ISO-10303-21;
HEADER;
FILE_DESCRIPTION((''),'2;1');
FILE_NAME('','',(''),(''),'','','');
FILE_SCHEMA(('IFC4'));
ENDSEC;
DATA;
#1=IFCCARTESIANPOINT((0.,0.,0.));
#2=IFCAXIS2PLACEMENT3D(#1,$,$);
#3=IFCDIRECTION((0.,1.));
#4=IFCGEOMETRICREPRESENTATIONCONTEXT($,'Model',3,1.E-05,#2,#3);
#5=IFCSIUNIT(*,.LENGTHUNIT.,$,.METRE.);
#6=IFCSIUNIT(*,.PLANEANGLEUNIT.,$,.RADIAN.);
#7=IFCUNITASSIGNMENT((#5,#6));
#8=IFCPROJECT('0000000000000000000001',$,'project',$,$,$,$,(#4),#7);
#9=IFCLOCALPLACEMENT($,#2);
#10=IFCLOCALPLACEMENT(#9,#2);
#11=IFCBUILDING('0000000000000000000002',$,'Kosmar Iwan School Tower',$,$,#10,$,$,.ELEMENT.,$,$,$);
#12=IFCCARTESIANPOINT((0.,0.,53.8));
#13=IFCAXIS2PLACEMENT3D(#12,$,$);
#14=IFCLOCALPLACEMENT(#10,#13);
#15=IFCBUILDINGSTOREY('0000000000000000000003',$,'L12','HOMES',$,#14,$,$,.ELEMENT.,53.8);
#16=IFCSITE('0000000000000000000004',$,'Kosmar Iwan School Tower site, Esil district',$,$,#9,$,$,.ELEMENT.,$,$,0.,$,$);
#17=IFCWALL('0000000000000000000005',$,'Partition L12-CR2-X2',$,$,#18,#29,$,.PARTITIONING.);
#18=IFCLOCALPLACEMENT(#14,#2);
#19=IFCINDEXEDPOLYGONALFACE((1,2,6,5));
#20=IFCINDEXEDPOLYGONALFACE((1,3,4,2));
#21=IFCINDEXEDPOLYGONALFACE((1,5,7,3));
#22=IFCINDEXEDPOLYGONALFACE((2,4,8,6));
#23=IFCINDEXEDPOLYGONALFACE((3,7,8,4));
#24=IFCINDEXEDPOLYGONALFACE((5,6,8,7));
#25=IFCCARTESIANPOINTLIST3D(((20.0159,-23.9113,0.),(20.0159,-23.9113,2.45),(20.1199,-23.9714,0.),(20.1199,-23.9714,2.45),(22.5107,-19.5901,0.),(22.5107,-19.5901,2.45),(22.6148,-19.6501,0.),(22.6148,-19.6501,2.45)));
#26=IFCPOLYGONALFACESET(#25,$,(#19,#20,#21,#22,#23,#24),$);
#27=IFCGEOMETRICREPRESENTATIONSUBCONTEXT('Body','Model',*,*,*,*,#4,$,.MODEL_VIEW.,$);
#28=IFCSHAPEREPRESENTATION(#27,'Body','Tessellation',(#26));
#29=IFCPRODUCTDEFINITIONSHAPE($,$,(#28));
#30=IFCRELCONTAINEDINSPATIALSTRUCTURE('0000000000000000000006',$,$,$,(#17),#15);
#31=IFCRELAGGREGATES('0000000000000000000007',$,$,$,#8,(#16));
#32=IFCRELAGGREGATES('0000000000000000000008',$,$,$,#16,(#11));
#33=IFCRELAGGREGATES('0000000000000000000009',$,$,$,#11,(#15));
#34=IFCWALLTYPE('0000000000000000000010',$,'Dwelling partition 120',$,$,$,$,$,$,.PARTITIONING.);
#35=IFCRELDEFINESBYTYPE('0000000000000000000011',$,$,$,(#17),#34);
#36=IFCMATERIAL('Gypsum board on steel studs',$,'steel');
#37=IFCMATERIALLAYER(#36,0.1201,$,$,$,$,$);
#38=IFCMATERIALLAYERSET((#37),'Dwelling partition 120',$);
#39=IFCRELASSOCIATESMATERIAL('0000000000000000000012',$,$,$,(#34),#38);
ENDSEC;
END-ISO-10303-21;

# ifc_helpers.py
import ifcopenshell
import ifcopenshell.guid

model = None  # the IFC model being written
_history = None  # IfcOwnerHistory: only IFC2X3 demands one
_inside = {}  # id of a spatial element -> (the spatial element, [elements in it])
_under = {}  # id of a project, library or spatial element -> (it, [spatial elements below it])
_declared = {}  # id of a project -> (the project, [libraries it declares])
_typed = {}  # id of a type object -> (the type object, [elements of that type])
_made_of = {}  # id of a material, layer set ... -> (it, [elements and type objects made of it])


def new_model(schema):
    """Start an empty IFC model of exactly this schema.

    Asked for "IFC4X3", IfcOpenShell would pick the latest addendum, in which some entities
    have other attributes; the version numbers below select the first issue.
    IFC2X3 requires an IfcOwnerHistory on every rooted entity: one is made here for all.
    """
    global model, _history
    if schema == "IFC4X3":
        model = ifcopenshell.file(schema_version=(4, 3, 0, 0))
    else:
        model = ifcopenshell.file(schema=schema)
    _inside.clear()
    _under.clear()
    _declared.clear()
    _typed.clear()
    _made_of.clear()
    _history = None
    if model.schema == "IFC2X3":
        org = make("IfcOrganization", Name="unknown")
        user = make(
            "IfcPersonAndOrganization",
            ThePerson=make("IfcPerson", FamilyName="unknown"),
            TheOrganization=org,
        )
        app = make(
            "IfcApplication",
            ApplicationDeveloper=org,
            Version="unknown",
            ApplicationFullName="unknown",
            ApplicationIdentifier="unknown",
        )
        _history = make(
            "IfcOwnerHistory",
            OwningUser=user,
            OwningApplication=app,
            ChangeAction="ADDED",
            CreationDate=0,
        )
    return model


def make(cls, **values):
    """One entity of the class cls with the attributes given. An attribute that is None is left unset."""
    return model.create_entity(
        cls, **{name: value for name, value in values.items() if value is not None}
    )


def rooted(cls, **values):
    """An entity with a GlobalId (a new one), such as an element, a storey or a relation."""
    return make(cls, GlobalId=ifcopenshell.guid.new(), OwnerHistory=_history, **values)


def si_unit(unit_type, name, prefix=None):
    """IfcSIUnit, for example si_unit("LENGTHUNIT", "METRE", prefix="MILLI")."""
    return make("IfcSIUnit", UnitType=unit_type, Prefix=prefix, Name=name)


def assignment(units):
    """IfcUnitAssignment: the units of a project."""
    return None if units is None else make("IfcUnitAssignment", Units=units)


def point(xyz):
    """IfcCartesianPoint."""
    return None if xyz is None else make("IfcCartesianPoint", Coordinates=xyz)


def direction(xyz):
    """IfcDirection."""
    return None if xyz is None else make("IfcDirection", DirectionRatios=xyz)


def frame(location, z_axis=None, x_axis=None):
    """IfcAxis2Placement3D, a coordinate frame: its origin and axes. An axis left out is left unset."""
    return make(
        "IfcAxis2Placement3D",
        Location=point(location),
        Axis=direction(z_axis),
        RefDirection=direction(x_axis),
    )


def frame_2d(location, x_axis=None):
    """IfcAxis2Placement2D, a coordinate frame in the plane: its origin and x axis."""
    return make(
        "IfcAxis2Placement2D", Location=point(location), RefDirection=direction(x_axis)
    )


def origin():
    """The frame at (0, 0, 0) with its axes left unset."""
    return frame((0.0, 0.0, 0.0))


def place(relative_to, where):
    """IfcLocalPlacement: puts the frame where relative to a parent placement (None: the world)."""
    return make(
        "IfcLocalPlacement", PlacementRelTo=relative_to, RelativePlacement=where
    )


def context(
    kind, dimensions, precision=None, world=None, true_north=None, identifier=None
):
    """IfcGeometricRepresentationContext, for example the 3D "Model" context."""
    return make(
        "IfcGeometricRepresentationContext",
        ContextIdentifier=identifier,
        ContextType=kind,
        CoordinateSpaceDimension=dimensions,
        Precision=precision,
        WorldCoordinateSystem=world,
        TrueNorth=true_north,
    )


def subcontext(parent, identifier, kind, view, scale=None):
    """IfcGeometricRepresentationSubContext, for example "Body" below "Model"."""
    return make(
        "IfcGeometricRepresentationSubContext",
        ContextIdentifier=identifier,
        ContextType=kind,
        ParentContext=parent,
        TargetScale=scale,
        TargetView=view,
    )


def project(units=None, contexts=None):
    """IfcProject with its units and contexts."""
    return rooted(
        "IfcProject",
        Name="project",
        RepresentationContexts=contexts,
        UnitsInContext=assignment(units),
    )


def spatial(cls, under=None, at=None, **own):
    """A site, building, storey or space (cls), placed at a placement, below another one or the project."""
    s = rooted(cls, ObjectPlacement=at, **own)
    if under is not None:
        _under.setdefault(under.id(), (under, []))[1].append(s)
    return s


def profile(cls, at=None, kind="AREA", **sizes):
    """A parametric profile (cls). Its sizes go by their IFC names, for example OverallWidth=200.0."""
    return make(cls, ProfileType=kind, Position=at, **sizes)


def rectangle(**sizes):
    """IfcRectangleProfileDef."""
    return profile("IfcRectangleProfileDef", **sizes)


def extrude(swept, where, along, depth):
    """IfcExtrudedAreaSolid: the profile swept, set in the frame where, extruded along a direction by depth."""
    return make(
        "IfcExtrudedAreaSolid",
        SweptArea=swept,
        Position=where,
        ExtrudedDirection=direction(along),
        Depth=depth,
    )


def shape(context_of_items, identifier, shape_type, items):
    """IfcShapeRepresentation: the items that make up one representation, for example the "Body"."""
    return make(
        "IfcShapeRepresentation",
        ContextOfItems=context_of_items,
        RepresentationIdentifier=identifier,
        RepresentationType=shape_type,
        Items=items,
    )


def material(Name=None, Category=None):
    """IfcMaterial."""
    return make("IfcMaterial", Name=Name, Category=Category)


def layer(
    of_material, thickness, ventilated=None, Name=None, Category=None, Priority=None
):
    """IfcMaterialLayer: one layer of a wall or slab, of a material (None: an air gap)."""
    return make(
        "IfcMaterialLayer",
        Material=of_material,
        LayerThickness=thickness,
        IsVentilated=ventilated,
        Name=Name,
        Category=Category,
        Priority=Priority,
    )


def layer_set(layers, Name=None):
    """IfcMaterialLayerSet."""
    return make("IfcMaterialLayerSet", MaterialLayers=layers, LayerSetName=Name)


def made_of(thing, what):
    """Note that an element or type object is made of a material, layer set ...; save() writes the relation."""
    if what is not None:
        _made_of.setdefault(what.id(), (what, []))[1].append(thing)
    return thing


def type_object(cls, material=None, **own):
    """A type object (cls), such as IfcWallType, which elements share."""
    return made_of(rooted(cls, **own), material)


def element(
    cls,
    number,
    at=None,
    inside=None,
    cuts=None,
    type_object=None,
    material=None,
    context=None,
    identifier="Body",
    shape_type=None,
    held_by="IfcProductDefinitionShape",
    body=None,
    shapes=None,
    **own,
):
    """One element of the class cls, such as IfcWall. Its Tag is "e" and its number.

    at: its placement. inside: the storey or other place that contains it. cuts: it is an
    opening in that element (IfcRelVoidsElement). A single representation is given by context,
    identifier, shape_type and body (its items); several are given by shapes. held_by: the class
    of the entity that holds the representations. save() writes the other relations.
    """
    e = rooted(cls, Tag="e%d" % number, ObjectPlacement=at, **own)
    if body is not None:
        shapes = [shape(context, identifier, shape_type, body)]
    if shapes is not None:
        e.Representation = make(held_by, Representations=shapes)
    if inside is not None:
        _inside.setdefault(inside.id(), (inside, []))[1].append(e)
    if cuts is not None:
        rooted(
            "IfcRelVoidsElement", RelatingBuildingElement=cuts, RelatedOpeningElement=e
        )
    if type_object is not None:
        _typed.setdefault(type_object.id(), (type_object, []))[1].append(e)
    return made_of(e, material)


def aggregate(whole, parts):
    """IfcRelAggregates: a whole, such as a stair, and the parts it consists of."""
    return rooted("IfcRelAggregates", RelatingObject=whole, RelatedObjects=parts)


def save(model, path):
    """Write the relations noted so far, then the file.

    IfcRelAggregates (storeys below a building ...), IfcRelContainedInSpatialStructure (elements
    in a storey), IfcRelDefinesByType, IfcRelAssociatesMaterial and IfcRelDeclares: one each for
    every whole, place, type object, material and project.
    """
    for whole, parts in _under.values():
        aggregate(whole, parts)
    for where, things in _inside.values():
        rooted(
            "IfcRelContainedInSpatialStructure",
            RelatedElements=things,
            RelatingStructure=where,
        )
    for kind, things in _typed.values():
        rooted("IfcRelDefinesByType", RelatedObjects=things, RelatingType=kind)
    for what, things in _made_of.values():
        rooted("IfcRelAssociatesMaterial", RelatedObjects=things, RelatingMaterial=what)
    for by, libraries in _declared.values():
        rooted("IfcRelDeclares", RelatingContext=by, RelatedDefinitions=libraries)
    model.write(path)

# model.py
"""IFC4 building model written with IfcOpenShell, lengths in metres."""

from ifc_helpers import new_model, si_unit, direction, frame, frame_2d, origin, place, context, subcontext, project, spatial, rectangle, extrude, material, layer, layer_set, type_object, element, save


model = new_model("IFC4")

# Units and contexts
model_context = context("Model", 3, precision=1e-05, world=origin(), true_north=direction((0.0, 1.0)))
body_context = subcontext(model_context, "Body", "Model", "MODEL_VIEW")
ifc_project = project(units=[si_unit("LENGTHUNIT", "METRE"), si_unit("PLANEANGLEUNIT", "RADIAN")], contexts=[model_context])

# Site, building, storey
site_placement = place(None, origin())
site = spatial("IfcSite", under=ifc_project, at=site_placement, Name="Kosmar Iwan School Tower site, Esil district", CompositionType="ELEMENT", RefElevation=0.0)
building_placement = place(site_placement, origin())
building = spatial("IfcBuilding", under=site, at=building_placement, Name="Kosmar Iwan School Tower", CompositionType="ELEMENT")
storey_placement = place(building_placement, frame((0.0, 0.0, 53.8)))
storey = spatial("IfcBuildingStorey", under=building, at=storey_placement, Name="L12", Description="HOMES", CompositionType="ELEMENT", Elevation=53.8)

# Wall
ifc_material_1 = material(Name="Gypsum board on steel studs", Category="steel")
ifc_layer = layer(ifc_material_1, 0.1201)
ifc_layer_set = layer_set([ifc_layer], Name="Dwelling partition 120")
wall_type = type_object("IfcWallType", Name="Dwelling partition 120", PredefinedType="PARTITIONING", material=ifc_layer_set)
wall_1_placement = place(storey_placement, frame((22.5627, -19.6201, 0.0), z_axis=(0.0, 0.0, 1.0), x_axis=(-0.499996, -0.866028, 0.0)))
element("IfcWall", 1, at=wall_1_placement, inside=storey, type_object=wall_type, Name="Partition L12-CR2-X2", PredefinedType="PARTITIONING", context=body_context, shape_type="SweptSolid", body=[
    extrude(rectangle(XDim=4.9897, YDim=0.1201, at=frame_2d((2.4949, 0.0))), origin(), (0.0, 0.0, 1.0), 2.45),
])

save(model, "model.ifc")
